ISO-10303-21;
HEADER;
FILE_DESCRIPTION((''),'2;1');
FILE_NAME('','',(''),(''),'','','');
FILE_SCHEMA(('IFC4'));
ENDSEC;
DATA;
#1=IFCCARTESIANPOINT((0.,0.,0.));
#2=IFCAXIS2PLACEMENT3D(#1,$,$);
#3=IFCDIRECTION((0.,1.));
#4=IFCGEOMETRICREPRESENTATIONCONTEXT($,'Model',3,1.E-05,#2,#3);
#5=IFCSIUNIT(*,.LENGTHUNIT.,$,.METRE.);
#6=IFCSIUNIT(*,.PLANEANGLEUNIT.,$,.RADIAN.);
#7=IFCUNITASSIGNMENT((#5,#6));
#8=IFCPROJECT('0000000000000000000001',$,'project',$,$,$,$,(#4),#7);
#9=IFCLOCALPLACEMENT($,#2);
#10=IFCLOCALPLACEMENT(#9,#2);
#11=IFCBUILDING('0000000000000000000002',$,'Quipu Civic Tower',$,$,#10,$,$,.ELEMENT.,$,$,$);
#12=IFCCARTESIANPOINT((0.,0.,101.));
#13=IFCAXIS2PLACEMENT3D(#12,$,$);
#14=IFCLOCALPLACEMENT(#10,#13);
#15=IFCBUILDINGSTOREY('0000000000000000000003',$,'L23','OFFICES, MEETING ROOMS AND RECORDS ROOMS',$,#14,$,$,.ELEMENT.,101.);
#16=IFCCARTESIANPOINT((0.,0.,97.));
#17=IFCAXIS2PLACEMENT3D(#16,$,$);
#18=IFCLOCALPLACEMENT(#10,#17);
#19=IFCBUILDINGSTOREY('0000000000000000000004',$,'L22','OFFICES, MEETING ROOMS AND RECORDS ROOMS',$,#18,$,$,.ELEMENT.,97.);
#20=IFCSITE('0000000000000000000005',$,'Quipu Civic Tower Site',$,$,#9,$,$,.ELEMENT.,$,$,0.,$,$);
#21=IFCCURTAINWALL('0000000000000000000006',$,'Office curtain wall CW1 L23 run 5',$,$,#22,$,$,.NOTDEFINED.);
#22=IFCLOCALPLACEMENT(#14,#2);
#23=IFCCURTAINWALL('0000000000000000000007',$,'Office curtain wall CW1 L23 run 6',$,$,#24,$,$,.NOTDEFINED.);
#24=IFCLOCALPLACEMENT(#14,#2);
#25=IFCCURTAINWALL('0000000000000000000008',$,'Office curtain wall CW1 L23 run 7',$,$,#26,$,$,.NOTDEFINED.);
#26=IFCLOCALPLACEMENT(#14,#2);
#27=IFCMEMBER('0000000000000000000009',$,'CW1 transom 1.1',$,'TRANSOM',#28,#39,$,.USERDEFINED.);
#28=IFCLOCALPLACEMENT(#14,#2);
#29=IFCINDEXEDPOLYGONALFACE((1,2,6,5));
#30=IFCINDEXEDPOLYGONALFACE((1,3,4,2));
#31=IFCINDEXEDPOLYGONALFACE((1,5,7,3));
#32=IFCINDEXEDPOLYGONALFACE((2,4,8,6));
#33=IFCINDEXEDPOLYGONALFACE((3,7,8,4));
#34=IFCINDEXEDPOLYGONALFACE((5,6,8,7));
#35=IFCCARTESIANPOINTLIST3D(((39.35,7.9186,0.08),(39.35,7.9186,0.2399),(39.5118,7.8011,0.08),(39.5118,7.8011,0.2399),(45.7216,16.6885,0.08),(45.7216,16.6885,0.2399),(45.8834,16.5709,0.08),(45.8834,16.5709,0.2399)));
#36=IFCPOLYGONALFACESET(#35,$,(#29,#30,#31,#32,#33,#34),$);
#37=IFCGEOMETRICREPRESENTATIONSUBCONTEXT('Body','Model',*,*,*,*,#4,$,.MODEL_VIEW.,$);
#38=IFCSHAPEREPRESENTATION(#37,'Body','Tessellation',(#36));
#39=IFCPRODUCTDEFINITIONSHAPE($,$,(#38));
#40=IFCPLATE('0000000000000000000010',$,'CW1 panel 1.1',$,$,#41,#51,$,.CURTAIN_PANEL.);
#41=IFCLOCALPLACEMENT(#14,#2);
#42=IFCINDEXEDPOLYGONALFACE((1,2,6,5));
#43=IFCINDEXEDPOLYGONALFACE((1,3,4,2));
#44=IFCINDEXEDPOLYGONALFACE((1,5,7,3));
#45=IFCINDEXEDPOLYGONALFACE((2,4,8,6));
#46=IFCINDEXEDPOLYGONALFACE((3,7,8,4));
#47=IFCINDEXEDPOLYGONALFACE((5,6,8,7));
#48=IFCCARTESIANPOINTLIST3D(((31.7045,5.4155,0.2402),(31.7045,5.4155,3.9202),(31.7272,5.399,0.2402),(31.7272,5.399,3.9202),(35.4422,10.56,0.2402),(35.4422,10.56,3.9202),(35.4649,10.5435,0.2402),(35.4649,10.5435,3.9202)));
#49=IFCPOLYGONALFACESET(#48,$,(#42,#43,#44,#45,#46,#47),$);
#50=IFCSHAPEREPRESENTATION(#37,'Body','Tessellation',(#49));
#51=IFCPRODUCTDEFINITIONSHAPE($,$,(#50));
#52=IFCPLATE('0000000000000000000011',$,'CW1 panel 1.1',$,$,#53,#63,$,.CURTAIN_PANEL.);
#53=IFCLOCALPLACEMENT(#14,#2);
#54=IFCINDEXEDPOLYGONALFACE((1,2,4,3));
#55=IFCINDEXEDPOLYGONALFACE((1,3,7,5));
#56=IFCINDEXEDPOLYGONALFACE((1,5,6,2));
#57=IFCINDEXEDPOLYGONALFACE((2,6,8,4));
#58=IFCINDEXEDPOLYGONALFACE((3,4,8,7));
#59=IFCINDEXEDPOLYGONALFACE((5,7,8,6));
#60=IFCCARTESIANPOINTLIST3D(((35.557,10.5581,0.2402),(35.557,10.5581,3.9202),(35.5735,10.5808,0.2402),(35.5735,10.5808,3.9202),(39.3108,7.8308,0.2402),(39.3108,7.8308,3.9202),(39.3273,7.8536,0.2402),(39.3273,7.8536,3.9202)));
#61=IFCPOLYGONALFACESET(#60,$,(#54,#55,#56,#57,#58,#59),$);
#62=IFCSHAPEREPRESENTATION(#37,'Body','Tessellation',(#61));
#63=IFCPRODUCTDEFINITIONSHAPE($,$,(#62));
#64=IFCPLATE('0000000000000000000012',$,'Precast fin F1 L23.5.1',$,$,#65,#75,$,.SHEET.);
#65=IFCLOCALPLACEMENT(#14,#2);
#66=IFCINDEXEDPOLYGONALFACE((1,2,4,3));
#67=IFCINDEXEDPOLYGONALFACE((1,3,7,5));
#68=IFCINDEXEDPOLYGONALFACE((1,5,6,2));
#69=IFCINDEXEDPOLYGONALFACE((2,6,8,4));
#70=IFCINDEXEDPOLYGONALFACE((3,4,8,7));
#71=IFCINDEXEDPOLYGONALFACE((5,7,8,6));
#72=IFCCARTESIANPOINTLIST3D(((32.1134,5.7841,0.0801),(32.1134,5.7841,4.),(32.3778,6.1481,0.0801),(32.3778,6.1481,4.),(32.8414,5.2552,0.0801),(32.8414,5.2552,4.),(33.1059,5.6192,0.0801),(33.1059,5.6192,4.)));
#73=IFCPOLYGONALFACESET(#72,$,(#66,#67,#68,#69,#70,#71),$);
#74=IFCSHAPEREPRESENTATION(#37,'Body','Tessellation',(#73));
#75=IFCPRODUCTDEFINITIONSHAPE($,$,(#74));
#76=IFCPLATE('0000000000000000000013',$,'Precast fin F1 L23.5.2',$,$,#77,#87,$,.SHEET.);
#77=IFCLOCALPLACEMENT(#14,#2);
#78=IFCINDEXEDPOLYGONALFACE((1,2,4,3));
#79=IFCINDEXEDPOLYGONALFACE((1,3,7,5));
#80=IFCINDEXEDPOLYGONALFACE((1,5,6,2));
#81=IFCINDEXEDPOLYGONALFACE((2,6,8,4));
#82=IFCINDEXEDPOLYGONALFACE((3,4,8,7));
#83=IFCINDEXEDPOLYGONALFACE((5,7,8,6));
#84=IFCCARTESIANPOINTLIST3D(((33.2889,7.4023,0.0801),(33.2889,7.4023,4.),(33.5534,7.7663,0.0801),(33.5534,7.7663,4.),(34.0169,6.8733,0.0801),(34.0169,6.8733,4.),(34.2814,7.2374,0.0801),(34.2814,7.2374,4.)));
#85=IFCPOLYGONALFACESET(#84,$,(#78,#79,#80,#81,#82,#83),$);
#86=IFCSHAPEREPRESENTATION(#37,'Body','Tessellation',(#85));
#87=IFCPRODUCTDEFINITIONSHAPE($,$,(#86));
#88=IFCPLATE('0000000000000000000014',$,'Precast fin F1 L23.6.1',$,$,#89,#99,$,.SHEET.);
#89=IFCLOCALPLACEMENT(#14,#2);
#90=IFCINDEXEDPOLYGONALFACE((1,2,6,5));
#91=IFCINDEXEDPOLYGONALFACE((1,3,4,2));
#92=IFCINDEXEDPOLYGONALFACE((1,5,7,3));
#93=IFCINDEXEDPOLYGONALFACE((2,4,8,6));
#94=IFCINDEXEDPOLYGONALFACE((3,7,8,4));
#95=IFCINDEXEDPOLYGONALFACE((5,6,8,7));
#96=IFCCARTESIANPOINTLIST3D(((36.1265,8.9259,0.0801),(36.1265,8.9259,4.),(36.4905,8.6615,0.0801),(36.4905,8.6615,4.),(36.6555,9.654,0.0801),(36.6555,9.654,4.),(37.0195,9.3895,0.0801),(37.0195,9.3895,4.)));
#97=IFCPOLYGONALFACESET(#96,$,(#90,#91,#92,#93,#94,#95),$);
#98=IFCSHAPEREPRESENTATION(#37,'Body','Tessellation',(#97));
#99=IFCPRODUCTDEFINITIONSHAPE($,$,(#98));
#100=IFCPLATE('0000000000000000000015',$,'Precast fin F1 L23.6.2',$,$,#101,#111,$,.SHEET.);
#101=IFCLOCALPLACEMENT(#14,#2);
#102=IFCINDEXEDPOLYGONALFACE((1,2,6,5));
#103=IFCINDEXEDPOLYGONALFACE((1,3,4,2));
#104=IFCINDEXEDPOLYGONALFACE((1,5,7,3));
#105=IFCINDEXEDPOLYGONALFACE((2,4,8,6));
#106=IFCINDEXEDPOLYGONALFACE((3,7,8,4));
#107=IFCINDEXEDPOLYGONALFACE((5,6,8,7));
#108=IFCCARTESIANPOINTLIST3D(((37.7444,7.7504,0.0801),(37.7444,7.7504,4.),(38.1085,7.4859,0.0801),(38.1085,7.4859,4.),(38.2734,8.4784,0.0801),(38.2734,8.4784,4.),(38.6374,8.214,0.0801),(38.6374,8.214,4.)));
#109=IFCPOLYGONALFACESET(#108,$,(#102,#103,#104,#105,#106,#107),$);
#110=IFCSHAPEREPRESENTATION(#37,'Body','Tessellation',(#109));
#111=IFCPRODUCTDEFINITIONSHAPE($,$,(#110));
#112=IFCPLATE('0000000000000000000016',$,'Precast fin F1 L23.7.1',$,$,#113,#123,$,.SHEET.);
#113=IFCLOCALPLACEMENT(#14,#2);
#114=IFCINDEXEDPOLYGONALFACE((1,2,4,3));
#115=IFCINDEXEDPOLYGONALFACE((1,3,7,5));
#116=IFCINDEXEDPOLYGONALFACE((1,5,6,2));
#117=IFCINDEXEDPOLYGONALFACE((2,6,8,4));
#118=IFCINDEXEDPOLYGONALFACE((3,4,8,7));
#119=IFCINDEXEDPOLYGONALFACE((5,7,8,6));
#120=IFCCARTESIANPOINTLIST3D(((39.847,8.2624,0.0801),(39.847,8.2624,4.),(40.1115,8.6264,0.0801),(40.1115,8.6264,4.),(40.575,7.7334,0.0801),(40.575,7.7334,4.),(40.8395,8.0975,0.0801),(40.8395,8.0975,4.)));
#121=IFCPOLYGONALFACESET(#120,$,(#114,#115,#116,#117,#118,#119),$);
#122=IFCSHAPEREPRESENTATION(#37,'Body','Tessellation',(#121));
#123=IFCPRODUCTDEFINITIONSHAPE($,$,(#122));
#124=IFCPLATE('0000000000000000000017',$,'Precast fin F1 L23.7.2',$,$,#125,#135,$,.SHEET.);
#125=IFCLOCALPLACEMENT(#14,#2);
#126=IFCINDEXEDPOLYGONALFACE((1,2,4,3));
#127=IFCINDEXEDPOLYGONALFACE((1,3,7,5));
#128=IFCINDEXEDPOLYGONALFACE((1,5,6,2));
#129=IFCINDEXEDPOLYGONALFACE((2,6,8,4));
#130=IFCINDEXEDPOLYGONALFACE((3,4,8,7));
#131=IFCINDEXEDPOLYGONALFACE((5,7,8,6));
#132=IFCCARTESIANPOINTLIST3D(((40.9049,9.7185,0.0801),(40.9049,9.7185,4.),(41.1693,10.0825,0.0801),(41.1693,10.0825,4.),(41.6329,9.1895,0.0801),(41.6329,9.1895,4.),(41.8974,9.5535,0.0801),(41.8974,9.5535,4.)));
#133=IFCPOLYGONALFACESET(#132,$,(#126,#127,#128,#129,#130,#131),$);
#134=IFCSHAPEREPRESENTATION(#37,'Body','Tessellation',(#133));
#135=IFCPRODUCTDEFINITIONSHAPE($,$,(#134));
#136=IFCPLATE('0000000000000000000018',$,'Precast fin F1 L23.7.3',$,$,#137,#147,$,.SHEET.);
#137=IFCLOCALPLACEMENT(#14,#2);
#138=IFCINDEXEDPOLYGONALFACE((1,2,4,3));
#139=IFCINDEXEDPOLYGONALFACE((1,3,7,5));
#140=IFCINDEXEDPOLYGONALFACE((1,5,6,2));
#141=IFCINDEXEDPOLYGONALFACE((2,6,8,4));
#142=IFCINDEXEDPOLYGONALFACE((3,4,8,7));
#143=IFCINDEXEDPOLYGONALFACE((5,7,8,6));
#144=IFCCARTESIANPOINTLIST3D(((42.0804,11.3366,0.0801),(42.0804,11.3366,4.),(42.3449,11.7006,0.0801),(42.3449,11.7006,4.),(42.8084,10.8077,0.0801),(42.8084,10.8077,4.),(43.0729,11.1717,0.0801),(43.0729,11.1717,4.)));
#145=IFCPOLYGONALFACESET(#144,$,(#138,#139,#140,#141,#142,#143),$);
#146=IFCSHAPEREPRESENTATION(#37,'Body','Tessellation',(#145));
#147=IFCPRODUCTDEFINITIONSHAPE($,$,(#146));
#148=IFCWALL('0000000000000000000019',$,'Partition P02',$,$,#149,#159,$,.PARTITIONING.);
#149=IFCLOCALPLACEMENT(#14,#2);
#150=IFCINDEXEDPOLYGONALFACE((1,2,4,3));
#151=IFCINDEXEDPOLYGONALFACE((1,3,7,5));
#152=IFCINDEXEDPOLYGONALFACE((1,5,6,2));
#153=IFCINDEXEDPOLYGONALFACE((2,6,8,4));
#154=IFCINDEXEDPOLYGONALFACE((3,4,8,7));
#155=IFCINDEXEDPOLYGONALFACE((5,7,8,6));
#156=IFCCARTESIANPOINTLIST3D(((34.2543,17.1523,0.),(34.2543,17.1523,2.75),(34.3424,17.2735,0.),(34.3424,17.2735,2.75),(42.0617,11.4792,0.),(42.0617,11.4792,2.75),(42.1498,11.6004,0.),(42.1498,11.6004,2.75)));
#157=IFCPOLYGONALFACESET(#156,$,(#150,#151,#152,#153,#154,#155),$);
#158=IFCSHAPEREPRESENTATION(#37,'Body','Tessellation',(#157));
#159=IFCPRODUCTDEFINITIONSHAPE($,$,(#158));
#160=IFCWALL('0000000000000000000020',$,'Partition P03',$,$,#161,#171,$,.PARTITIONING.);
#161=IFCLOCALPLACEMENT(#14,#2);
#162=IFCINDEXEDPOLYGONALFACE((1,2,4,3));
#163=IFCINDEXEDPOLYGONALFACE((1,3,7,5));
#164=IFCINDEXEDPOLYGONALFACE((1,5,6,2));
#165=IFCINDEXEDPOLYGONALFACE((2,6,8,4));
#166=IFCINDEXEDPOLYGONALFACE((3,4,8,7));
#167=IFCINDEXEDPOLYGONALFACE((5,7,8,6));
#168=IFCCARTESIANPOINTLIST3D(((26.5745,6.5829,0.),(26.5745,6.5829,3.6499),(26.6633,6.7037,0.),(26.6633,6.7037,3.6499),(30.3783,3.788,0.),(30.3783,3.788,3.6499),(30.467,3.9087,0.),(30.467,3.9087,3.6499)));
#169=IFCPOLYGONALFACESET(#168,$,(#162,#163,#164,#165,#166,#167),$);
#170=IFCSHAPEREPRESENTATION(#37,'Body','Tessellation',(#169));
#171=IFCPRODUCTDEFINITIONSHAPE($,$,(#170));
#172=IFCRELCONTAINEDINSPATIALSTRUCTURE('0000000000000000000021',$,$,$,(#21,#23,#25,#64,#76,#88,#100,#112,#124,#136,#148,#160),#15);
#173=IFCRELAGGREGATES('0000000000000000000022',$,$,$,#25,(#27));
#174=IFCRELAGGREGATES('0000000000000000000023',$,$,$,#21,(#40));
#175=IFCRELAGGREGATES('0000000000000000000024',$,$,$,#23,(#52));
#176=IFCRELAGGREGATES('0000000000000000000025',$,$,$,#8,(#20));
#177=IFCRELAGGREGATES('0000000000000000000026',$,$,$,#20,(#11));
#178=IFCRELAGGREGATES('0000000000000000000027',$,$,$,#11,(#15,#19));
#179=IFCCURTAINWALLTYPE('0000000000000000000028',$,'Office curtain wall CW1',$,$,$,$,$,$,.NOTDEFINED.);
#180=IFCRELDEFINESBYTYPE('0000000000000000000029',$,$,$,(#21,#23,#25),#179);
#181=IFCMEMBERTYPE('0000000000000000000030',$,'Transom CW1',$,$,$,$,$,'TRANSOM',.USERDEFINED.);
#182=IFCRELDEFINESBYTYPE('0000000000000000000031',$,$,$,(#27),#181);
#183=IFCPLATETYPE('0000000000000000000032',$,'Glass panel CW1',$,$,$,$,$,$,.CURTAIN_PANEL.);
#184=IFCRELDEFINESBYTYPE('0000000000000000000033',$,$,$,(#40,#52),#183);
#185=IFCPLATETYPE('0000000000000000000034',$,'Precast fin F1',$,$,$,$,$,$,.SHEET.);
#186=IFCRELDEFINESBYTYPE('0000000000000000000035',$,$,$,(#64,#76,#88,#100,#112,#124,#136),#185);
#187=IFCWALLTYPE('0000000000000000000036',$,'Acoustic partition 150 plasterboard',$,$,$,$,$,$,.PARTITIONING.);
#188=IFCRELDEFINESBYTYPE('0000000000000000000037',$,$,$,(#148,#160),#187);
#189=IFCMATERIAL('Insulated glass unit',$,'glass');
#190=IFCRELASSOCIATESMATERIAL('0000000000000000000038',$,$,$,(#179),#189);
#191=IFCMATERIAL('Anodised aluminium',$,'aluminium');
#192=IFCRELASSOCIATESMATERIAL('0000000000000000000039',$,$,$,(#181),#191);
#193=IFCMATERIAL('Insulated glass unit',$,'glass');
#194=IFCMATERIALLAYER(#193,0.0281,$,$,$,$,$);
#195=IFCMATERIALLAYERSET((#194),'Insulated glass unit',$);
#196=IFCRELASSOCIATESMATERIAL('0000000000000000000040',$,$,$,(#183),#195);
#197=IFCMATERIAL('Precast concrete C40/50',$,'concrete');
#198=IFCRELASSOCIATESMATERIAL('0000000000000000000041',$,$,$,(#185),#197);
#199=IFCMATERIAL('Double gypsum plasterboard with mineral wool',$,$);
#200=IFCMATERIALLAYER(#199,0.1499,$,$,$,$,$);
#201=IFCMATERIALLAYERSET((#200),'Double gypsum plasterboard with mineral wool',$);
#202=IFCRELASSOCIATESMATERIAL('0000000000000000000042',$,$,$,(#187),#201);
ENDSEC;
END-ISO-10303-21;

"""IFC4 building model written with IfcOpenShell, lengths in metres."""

from ifc_helpers import new_model, si_unit, direction, frame, frame_2d, origin, origin_2d, place, context, subcontext, project, spatial, rectangle, extrude, material, layer, layer_set, material_profile, profile_set, type_object, element, aggregate, save


model = new_model("IFC4")

# Units and contexts
model_context = context("Model", 3, precision=1e-05, world=origin(), true_north=direction((0.0, 1.0)))
body_context = subcontext(model_context, "Body", "Model", "MODEL_VIEW")
ifc_project = project(units=[si_unit("LENGTHUNIT", "METRE"), si_unit("PLANEANGLEUNIT", "RADIAN")], contexts=[model_context])

# Site, building, storey
site_placement = place(None, origin())
site = spatial("IfcSite", under=ifc_project, at=site_placement, Name="Quipu Civic Tower Site", CompositionType="ELEMENT", RefElevation=0.0)
building_placement = place(site_placement, origin())
building = spatial("IfcBuilding", under=site, at=building_placement, Name="Quipu Civic Tower", CompositionType="ELEMENT")
storey_1_placement = place(building_placement, frame((0.0, 0.0, 101.0)))
storey_1 = spatial("IfcBuildingStorey", under=building, at=storey_1_placement, Name="L23", Description="OFFICES, MEETING ROOMS AND RECORDS ROOMS", CompositionType="ELEMENT", Elevation=101.0)

# Shared definitions
ifc_material_1 = material(Name="Insulated glass unit", Category="glass")
curtain_wall_type = type_object("IfcCurtainWallType", Name="Office curtain wall CW1", PredefinedType="NOTDEFINED", material=ifc_material_1)

# Curtain walls
curtain_wall_1_placement = place(storey_1_placement, origin())
curtain_wall_1 = element("IfcCurtainWall", 1, at=curtain_wall_1_placement, inside=storey_1, type_object=curtain_wall_type, Name="Office curtain wall CW1 L23 run 5", PredefinedType="NOTDEFINED")
curtain_wall_2_placement = place(storey_1_placement, origin())
curtain_wall_2 = element("IfcCurtainWall", 2, at=curtain_wall_2_placement, inside=storey_1, type_object=curtain_wall_type, Name="Office curtain wall CW1 L23 run 6", PredefinedType="NOTDEFINED")

# Curtain wall
curtain_wall_3_placement = place(storey_1_placement, origin())
curtain_wall_3 = element("IfcCurtainWall", 3, at=curtain_wall_3_placement, inside=storey_1, type_object=curtain_wall_type, Name="Office curtain wall CW1 L23 run 7", PredefinedType="NOTDEFINED")

# Shared definitions
storey_2_placement = place(building_placement, frame((0.0, 0.0, 97.0)))
storey_2 = spatial("IfcBuildingStorey", under=building, at=storey_2_placement, Name="L22", Description="OFFICES, MEETING ROOMS AND RECORDS ROOMS", CompositionType="ELEMENT", Elevation=97.0)

# Shared definitions
ifc_material_2 = material(Name="Anodised aluminium", Category="aluminium")
ifc_material_profile_1 = material_profile(ifc_material_2, rectangle(XDim=0.2, YDim=0.1599, at=origin_2d()), Name="RECT 200x160")
ifc_profile_set_1 = profile_set([ifc_material_profile_1], Name="Anodised aluminium")
member_type_1 = type_object("IfcMemberType", Name="Transom CW1", ElementType="TRANSOM", PredefinedType="USERDEFINED", material=ifc_profile_set_1)

# Member
member_1_placement = place(storey_1_placement, frame((39.4309, 7.8599, 0.1599), z_axis=(0.587783, 0.809018, 0.0), x_axis=(-0.809018, 0.587783, 0.0)))
member_1 = element("IfcMember", 4, at=member_1_placement, type_object=member_type_1, Name="CW1 transom 1.1", ObjectType="TRANSOM", PredefinedType="USERDEFINED", context=body_context, shape_type="SweptSolid", body=[
    extrude(rectangle(XDim=0.2, YDim=0.1599, at=origin_2d()), origin(), (0.0, 0.0, 1.0), 10.8401),
])
aggregate(curtain_wall_3, [member_1])

# Plates
ifc_material_3 = material(Name="Insulated glass unit", Category="glass")
ifc_layer_1 = layer(ifc_material_3, 0.0281)
ifc_layer_set_1 = layer_set([ifc_layer_1], Name="Insulated glass unit")
plate_type_1 = type_object("IfcPlateType", Name="Glass panel CW1", PredefinedType="CURTAIN_PANEL", material=ifc_layer_set_1)
plate_1_placement = place(storey_1_placement, frame((33.5847, 7.9795, 0.2402), z_axis=(0.0, 0.0, 1.0), x_axis=(0.587784, 0.809018, 0.0)))
plate_1 = element("IfcPlate", 5, at=plate_1_placement, type_object=plate_type_1, Name="CW1 panel 1.1", PredefinedType="CURTAIN_PANEL", context=body_context, shape_type="SweptSolid", body=[
    extrude(rectangle(XDim=6.3589, YDim=0.0281, at=origin_2d()), origin(), (0.0, 0.0, 1.0), 3.6799),
])
aggregate(curtain_wall_1, [plate_1])
plate_2_placement = place(storey_1_placement, frame((37.4421, 9.2058, 0.2402), z_axis=(0.0, 0.0, 1.0), x_axis=(0.809025, -0.587774, 0.0)))
plate_2 = element("IfcPlate", 6, at=plate_2_placement, type_object=plate_type_1, Name="CW1 panel 1.1", PredefinedType="CURTAIN_PANEL", context=body_context, shape_type="SweptSolid", body=[
    extrude(rectangle(XDim=4.6399, YDim=0.0281, at=origin_2d()), origin(), (0.0, 0.0, 1.0), 3.6799),
])
aggregate(curtain_wall_2, [plate_2])

# Plates
ifc_material_4 = material(Name="Precast concrete C40/50", Category="concrete")
plate_type_2 = type_object("IfcPlateType", Name="Precast fin F1", PredefinedType="SHEET", material=ifc_material_4)
for number, where, z_axis, x_axis, name in (
    (7, (32.6096, 5.7017, 0.0801), (0.0, 0.0, 1.0), (0.587787, 0.809016, 0.0), "Precast fin F1 L23.5.1"),
    (8, (33.7852, 7.3198, 0.0801), (0.0, 0.0, 1.0), (0.587787, 0.809016, 0.0), "Precast fin F1 L23.5.2"),
    (9, (36.573, 9.1577, 0.0801), (0.0, 0.0, 1.0), (0.809025, -0.587774, 0.0), "Precast fin F1 L23.6.1"),
    (10, (38.1909, 7.9822, 0.0801), (0.0, 0.0, 1.0), (0.809025, -0.587774, 0.0), "Precast fin F1 L23.6.2"),
    (11, (40.3433, 8.1799, 0.0801), (0.0, 0.0, 1.0), (0.587784, 0.809018, 0.0), "Precast fin F1 L23.7.1"),
    (12, (41.4011, 9.636, 0.0801), (0.0, 0.0, 1.0), (0.587784, 0.809018, 0.0), "Precast fin F1 L23.7.2"),
    (13, (42.5767, 11.2542, 0.0801), (0.0, 0.0, 1.0), (0.587784, 0.809018, 0.0), "Precast fin F1 L23.7.3"),
):
    element("IfcPlate", number, at=place(storey_1_placement, frame(where, z_axis=z_axis, x_axis=x_axis)), inside=storey_1, type_object=plate_type_2, Name=name, PredefinedType="SHEET", context=body_context, shape_type="SweptSolid", body=[
        extrude(rectangle(XDim=0.45, YDim=0.8999, at=origin_2d()), origin(), (0.0, 0.0, 1.0), 3.9199),
    ])

# Walls
ifc_material_5 = material(Name="Double gypsum plasterboard with mineral wool")
ifc_layer_2 = layer(ifc_material_5, 0.1499)
ifc_layer_set_2 = layer_set([ifc_layer_2], Name="Double gypsum plasterboard with mineral wool")
wall_type_1 = type_object("IfcWallType", Name="Acoustic partition 150 plasterboard", PredefinedType="PARTITIONING", material=ifc_layer_set_2)
wall_1_placement = place(storey_1_placement, frame((42.1057, 11.5398, 0.0), z_axis=(0.0, 0.0, 1.0), x_axis=(-0.808982, 0.587833, 0.0)))
element("IfcWall", 14, at=wall_1_placement, inside=storey_1, type_object=wall_type_1, Name="Partition P02", PredefinedType="PARTITIONING", context=body_context, shape_type="SweptSolid", body=[
    extrude(rectangle(XDim=9.6509, YDim=0.1499, at=frame_2d((4.8254, 0.0))), origin(), (0.0, 0.0, 1.0), 2.75),
])
wall_2_placement = place(storey_1_placement, frame((26.6189, 6.6433, 0.0), z_axis=(0.0, 0.0, 1.0), x_axis=(0.805846, -0.592126, 0.0)))
element("IfcWall", 15, at=wall_2_placement, inside=storey_1, type_object=wall_type_1, Name="Partition P03", PredefinedType="PARTITIONING", context=body_context, shape_type="SweptSolid", body=[
    extrude(rectangle(XDim=4.7202, YDim=0.1499, at=frame_2d((2.3601, 0.0))), origin(), (0.0, 0.0, 1.0), 3.6499),
])

save(model, "model.ifc")
